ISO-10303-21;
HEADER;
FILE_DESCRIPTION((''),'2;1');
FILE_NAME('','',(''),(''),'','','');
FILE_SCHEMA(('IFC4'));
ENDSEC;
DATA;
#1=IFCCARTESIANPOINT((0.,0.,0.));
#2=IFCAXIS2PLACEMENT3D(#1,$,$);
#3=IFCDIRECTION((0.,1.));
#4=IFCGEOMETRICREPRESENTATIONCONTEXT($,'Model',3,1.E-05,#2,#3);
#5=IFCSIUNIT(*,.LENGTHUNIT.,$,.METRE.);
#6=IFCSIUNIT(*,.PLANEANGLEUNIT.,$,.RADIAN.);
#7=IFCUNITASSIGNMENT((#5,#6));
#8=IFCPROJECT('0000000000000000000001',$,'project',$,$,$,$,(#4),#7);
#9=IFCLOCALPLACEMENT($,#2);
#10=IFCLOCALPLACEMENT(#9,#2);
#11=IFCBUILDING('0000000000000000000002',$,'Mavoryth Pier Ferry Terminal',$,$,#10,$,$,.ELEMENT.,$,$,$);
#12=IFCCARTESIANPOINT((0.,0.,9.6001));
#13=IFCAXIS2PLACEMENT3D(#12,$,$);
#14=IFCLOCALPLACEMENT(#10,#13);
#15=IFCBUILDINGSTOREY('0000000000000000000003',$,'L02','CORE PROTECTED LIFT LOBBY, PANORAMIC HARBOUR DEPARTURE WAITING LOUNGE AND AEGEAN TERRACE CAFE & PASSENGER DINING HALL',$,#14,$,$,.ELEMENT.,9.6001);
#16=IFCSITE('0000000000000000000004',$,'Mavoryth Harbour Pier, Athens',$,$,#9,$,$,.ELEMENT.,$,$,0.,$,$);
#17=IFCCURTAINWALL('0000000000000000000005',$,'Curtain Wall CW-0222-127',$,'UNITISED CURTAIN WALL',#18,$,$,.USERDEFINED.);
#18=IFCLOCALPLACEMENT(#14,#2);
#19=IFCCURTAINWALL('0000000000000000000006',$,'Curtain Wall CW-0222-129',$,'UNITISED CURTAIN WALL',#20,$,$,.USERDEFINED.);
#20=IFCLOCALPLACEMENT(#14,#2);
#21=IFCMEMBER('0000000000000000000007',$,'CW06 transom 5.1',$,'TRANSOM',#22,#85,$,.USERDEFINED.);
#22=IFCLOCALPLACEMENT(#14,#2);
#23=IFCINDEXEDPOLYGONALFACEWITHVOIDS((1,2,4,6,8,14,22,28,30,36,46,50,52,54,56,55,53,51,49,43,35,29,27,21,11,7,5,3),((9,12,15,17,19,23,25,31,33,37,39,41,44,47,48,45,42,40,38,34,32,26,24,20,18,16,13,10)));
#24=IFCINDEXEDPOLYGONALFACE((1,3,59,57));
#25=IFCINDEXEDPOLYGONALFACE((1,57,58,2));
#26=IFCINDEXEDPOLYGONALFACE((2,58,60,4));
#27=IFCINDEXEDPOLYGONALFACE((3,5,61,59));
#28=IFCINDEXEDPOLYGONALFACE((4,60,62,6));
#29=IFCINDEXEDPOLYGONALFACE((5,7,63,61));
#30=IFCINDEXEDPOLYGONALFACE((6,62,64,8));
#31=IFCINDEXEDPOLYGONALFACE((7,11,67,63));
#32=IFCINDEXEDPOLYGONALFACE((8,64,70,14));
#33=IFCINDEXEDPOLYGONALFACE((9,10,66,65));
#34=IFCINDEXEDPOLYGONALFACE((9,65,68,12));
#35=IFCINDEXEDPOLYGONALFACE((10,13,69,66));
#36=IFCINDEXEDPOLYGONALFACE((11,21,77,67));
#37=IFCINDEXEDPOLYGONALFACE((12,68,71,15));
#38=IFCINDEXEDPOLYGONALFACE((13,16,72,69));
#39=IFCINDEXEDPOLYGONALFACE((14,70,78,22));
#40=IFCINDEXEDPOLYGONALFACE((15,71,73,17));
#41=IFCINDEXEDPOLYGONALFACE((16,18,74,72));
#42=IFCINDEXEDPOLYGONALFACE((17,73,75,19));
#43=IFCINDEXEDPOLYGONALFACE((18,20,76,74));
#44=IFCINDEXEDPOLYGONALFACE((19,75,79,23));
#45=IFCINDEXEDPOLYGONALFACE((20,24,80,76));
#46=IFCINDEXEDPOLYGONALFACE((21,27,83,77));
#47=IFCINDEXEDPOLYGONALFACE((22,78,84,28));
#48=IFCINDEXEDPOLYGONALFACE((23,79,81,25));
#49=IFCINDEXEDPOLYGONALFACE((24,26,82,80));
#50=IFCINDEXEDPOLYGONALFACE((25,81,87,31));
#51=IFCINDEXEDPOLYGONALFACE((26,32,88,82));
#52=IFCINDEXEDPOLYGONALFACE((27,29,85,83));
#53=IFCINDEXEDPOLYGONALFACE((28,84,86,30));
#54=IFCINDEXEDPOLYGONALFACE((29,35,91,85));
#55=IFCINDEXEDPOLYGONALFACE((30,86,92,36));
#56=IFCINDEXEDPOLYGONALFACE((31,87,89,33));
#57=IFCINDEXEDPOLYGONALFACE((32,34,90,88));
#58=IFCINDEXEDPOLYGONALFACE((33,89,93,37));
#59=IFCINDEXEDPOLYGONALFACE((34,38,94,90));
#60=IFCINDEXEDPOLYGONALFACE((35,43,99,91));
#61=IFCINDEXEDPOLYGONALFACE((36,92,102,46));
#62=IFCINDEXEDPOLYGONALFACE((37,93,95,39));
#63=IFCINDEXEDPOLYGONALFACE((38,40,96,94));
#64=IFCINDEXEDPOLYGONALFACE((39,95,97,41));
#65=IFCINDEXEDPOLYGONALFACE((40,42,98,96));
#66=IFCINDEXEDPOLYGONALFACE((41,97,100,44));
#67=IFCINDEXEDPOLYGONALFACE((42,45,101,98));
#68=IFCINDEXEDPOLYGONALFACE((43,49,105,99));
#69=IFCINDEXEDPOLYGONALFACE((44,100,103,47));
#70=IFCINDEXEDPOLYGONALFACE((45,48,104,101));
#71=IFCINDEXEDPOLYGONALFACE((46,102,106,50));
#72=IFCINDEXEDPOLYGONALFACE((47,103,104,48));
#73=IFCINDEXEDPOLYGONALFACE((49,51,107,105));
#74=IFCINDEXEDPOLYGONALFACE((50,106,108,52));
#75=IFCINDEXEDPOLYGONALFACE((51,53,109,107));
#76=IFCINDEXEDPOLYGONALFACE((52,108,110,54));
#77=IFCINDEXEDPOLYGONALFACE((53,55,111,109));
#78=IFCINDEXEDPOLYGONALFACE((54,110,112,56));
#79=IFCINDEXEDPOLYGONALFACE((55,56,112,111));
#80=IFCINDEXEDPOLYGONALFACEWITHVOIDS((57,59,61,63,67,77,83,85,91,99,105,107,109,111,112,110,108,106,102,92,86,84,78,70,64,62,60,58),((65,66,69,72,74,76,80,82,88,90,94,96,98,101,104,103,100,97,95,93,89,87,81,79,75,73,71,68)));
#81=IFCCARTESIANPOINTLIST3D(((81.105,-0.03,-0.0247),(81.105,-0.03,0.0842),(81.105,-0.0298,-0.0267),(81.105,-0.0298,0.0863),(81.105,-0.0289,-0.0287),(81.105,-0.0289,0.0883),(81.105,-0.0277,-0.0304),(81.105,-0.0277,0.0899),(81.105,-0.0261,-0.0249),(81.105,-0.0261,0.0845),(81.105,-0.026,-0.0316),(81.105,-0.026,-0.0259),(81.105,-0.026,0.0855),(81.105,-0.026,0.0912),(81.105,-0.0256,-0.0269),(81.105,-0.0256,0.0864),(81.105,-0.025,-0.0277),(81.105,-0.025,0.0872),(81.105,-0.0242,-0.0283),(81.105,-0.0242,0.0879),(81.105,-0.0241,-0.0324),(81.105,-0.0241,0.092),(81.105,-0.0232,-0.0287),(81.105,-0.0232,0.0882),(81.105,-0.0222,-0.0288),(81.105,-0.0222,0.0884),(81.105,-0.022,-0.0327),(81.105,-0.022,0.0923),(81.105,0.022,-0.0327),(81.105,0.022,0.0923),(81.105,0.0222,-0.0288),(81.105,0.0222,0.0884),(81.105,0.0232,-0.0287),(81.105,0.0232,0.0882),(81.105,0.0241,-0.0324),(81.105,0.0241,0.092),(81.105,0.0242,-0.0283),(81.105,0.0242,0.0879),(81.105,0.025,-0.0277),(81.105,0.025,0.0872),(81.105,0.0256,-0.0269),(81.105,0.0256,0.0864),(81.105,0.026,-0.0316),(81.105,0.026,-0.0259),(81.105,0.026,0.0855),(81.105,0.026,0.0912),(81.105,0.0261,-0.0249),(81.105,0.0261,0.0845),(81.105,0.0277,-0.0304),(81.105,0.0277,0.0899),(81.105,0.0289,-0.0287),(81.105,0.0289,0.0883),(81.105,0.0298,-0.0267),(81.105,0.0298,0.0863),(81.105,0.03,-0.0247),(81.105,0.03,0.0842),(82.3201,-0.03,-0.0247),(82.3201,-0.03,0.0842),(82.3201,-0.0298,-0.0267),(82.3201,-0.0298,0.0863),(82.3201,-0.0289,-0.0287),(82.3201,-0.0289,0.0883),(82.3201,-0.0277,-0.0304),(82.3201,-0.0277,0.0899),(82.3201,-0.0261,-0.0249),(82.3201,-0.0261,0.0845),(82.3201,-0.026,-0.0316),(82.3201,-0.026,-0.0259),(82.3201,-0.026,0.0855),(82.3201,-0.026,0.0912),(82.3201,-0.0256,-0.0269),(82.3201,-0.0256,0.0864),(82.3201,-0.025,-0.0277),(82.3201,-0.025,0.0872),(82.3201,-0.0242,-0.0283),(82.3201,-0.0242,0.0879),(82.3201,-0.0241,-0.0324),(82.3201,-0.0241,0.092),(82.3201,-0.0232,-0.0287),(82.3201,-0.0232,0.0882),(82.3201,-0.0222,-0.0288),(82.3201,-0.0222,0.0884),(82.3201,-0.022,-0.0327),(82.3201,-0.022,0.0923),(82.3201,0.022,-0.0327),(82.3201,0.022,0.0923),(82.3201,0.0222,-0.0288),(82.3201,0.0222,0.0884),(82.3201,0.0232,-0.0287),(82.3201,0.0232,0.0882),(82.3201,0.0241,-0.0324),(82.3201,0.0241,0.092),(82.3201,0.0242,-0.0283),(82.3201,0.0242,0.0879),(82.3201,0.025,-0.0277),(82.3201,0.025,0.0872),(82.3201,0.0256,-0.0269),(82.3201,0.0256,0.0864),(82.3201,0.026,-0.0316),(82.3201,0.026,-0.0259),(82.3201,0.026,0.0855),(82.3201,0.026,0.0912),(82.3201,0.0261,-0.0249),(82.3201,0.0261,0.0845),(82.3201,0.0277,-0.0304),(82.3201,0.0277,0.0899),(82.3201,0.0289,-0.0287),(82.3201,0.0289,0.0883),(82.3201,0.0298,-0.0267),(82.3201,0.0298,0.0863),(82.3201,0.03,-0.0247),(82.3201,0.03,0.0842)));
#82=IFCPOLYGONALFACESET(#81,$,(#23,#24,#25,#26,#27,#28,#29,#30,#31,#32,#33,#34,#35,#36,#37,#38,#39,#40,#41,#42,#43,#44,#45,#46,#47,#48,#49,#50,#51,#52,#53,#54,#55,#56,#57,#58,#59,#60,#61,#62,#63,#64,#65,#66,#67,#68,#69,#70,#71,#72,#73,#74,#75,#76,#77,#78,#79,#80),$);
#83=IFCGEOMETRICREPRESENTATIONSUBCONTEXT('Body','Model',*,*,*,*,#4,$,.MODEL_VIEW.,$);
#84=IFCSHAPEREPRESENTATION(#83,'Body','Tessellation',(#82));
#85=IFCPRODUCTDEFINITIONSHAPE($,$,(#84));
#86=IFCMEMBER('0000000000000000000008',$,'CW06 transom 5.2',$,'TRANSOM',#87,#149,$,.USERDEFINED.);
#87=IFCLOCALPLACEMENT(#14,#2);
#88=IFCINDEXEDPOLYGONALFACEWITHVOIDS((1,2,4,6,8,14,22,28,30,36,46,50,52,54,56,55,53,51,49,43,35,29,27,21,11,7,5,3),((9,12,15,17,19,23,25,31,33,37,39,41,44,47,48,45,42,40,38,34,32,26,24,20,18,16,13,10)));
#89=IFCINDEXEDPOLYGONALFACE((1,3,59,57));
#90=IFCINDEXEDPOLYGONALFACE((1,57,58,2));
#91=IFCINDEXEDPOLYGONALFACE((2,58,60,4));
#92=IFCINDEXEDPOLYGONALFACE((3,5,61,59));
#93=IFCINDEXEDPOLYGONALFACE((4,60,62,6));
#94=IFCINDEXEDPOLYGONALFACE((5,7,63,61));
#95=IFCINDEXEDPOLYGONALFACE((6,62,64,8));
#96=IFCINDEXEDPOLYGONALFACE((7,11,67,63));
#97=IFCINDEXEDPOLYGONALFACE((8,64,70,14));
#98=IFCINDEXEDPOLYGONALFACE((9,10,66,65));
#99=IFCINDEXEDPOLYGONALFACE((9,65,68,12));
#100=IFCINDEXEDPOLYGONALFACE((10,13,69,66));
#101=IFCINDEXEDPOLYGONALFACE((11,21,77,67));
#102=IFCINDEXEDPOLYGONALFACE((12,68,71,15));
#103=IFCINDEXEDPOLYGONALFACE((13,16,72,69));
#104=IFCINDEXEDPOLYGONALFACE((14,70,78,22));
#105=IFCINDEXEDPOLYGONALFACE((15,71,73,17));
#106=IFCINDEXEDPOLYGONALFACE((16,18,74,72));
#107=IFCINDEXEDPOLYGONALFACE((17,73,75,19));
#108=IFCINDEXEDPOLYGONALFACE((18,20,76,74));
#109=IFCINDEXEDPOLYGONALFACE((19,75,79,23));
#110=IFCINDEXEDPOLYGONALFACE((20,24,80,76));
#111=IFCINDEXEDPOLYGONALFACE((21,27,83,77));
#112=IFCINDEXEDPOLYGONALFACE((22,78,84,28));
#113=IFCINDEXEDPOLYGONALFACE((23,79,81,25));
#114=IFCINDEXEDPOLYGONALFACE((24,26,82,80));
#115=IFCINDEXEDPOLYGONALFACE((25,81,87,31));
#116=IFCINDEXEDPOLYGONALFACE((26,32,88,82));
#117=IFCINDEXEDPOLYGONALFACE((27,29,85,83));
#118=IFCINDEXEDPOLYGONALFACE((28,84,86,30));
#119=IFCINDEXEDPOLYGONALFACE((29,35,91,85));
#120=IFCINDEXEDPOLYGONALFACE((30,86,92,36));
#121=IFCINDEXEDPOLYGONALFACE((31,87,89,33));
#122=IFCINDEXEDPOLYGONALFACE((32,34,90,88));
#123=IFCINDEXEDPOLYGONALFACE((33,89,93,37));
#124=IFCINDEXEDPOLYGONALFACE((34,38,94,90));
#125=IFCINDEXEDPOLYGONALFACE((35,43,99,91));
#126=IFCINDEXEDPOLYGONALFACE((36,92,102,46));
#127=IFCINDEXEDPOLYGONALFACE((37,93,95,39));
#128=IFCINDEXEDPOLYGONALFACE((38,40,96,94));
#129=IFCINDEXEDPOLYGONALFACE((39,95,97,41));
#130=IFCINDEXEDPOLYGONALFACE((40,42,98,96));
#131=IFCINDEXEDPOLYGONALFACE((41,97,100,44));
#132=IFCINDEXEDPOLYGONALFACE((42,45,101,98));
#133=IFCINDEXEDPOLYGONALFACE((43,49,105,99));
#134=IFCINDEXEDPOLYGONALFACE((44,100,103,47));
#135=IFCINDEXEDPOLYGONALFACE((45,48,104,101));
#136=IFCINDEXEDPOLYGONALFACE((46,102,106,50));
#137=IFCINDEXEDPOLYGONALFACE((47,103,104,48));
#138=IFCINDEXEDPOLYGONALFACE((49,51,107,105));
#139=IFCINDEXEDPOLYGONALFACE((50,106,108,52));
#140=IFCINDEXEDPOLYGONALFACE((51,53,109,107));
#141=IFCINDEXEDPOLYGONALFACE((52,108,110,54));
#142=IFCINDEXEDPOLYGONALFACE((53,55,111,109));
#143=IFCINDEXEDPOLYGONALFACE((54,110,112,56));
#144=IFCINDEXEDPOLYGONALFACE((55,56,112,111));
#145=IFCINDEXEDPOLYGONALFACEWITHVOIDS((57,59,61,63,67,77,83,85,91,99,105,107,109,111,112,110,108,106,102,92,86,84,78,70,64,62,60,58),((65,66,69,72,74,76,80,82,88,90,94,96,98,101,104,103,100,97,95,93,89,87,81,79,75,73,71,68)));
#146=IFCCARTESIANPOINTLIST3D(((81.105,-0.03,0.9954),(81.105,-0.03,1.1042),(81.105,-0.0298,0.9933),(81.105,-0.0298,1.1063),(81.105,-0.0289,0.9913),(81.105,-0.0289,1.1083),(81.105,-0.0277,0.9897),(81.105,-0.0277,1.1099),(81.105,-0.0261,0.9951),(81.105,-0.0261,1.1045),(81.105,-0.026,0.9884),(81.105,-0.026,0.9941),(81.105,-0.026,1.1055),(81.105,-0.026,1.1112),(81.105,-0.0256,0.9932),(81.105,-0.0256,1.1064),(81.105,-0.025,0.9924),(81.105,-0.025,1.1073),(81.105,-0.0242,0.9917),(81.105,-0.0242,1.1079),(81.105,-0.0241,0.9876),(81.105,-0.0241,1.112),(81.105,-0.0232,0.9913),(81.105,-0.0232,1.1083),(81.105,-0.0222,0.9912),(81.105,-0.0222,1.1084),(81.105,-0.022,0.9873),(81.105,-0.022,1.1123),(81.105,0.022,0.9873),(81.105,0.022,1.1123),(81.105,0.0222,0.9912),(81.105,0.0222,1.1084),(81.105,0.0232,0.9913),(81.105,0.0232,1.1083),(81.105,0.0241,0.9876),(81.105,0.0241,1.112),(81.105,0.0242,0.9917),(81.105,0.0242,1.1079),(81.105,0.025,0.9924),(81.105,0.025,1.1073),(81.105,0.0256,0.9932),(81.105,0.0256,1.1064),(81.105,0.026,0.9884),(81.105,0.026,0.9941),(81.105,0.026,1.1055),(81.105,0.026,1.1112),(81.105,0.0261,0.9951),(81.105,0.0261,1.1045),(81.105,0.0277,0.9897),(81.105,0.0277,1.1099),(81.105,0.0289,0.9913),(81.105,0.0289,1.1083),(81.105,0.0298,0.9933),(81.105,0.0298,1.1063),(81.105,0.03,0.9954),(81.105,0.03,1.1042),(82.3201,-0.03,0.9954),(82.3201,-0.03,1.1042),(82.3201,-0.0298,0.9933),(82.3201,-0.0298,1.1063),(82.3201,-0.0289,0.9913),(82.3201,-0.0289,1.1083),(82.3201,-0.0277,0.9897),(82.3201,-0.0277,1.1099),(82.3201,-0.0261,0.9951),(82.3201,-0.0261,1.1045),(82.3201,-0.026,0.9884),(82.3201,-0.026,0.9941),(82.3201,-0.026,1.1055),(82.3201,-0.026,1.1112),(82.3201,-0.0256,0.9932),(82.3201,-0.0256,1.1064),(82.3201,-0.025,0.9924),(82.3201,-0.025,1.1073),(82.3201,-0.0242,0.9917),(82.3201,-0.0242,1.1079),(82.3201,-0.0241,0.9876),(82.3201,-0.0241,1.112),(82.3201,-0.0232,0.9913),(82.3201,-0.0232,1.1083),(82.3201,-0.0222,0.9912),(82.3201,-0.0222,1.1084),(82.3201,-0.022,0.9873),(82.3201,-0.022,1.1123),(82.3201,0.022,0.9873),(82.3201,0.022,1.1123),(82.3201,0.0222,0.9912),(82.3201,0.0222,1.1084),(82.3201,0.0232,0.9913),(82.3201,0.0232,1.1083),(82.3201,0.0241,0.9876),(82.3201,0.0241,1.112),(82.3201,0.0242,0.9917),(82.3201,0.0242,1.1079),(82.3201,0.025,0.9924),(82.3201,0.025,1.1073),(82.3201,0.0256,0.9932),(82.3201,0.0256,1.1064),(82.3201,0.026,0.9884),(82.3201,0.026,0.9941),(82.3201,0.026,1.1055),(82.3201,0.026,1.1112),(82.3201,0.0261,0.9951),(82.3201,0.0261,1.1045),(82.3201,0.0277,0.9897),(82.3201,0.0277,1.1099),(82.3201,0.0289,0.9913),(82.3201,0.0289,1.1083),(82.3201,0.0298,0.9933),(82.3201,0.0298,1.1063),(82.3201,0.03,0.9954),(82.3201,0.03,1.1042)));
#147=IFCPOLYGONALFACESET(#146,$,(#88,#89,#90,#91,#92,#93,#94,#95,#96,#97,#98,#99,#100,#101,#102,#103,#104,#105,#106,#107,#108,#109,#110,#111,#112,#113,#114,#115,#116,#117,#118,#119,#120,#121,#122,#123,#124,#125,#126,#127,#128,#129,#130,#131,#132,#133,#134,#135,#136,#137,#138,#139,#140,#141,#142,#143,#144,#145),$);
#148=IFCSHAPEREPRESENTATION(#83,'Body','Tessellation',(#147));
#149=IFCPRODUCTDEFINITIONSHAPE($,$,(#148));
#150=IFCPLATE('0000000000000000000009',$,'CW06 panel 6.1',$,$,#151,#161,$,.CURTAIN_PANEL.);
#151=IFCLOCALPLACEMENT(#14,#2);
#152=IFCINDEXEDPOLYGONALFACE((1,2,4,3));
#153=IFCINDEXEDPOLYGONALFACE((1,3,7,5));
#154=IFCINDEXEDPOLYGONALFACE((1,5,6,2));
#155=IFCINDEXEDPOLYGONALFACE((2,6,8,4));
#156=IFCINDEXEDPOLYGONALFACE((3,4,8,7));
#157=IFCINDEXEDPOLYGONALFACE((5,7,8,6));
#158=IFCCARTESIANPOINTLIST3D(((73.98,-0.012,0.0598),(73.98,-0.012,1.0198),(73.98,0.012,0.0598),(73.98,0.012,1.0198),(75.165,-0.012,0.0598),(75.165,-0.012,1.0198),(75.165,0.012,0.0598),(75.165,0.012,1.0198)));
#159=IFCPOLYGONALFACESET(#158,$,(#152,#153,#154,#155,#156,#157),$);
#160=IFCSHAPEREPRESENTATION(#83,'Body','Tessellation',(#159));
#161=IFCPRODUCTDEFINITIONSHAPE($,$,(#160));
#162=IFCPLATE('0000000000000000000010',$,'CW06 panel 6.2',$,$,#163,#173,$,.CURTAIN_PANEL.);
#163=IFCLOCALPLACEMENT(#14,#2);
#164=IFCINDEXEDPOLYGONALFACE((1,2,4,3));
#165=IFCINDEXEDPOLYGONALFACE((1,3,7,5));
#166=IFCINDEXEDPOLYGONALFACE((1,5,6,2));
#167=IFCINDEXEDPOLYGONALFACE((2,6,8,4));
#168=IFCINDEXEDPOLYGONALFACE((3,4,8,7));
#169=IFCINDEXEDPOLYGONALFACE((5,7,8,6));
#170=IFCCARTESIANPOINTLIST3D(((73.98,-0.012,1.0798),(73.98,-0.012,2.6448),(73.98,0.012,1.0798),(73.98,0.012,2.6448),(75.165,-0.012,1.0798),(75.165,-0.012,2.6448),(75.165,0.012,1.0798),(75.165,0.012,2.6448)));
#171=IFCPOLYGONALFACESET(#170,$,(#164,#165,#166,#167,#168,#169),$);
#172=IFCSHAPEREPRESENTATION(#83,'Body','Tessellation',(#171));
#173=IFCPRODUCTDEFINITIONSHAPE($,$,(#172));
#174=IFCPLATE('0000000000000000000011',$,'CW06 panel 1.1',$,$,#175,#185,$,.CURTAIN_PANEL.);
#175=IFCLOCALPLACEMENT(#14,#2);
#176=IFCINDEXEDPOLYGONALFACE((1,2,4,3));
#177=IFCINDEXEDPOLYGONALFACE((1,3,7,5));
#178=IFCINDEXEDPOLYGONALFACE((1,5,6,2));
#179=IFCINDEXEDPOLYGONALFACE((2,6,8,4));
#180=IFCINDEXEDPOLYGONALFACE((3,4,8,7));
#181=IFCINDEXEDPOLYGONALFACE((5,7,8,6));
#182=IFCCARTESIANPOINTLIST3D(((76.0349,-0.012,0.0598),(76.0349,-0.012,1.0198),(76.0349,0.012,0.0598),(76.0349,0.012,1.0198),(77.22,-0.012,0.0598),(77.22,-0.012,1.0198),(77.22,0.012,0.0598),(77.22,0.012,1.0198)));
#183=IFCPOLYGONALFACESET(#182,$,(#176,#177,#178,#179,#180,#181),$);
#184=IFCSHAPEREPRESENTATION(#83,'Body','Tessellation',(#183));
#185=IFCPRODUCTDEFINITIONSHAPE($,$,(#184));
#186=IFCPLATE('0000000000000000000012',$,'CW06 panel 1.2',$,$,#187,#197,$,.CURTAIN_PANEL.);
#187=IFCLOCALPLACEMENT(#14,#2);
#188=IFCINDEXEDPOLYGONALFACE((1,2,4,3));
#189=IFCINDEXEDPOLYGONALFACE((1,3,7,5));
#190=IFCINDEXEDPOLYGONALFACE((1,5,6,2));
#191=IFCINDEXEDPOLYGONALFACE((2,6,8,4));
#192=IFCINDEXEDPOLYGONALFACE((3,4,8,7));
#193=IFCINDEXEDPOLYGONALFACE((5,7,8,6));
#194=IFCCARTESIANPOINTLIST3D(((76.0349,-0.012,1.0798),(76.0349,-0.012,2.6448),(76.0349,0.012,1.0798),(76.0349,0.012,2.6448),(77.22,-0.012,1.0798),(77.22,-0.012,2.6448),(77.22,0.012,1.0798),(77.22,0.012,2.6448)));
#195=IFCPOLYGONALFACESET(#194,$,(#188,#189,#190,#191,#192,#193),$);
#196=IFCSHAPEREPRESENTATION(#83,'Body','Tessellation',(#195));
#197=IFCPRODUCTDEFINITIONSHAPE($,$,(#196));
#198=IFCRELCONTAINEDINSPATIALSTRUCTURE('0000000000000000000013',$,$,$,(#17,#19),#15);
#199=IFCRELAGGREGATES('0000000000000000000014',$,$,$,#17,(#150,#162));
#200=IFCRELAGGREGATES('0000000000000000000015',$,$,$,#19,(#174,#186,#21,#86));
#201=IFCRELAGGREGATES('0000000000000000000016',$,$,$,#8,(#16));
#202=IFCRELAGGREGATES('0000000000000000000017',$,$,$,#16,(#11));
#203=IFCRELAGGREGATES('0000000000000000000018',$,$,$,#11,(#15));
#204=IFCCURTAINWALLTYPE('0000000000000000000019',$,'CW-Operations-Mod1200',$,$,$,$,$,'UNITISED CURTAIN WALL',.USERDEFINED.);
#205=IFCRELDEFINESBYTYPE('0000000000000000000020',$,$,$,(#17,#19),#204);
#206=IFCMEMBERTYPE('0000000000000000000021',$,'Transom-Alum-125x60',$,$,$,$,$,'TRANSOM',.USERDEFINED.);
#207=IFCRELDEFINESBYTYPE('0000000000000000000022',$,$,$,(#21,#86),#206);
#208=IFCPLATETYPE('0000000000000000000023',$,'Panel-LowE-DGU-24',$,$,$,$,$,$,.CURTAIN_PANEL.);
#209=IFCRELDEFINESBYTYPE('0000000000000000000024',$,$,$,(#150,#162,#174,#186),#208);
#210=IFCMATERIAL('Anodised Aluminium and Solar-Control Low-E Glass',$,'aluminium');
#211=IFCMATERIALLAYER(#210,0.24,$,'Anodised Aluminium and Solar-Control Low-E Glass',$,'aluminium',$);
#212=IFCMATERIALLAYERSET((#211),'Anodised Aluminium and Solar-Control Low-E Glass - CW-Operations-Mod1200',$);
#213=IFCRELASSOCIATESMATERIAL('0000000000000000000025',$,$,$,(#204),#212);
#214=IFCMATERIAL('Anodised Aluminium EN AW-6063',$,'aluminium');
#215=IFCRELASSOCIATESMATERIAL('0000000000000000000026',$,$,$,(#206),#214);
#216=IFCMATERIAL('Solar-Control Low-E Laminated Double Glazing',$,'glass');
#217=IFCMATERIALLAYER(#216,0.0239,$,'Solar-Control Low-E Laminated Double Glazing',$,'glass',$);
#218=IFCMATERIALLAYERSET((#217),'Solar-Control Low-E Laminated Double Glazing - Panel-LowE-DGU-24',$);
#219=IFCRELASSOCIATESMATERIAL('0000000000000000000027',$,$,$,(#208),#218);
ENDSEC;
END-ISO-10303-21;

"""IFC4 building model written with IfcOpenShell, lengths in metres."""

from ifc_helpers import new_model, si_unit, direction, frame, origin, origin_2d, place, context, subcontext, project, spatial, rectangle, hollow_rectangle, extrude, material, layer, layer_set, material_profile, profile_set, type_object, element, aggregate, save


model = new_model("IFC4")

# Units and contexts
model_context = context("Model", 3, precision=1e-05, world=origin(), true_north=direction((0.0, 1.0)))
body_context = subcontext(model_context, "Body", "Model", "MODEL_VIEW")
ifc_project = project(units=[si_unit("LENGTHUNIT", "METRE"), si_unit("PLANEANGLEUNIT", "RADIAN")], contexts=[model_context])

# Site, building, storey
site_placement = place(None, origin())
site = spatial("IfcSite", under=ifc_project, at=site_placement, Name="Mavoryth Harbour Pier, Athens", CompositionType="ELEMENT", RefElevation=0.0)
building_placement = place(site_placement, origin())
building = spatial("IfcBuilding", under=site, at=building_placement, Name="Mavoryth Pier Ferry Terminal", CompositionType="ELEMENT")
storey_placement = place(building_placement, frame((0.0, 0.0, 9.6001)))
storey = spatial("IfcBuildingStorey", under=building, at=storey_placement, Name="L02", Description="CORE PROTECTED LIFT LOBBY, PANORAMIC HARBOUR DEPARTURE WAITING LOUNGE AND AEGEAN TERRACE CAFE & PASSENGER DINING HALL", CompositionType="ELEMENT", Elevation=9.6001)

# Curtain walls
ifc_material_1 = material(Name="Anodised Aluminium and Solar-Control Low-E Glass", Category="aluminium")
ifc_layer_1 = layer(ifc_material_1, 0.24, Name="Anodised Aluminium and Solar-Control Low-E Glass", Category="aluminium")
ifc_layer_set_1 = layer_set([ifc_layer_1], Name="Anodised Aluminium and Solar-Control Low-E Glass - CW-Operations-Mod1200")
curtain_wall_type = type_object("IfcCurtainWallType", Name="CW-Operations-Mod1200", ElementType="UNITISED CURTAIN WALL", PredefinedType="USERDEFINED", material=ifc_layer_set_1)
curtain_wall_1_placement = place(storey_placement, origin())
curtain_wall_1 = element("IfcCurtainWall", 1, at=curtain_wall_1_placement, inside=storey, type_object=curtain_wall_type, Name="Curtain Wall CW-0222-127", ObjectType="UNITISED CURTAIN WALL", PredefinedType="USERDEFINED")
ifc_material_2 = material(Name="Anodised Aluminium EN AW-6063", Category="aluminium")
curtain_wall_2_placement = place(storey_placement, origin())
curtain_wall_2 = element("IfcCurtainWall", 2, at=curtain_wall_2_placement, inside=storey, type_object=curtain_wall_type, Name="Curtain Wall CW-0222-129", ObjectType="UNITISED CURTAIN WALL", PredefinedType="USERDEFINED")

# Members
ifc_material_profile_1 = material_profile(ifc_material_2, hollow_rectangle(XDim=0.0601, YDim=0.125, WallThickness=0.0039, InnerFilletRadius=0.0039, OuterFilletRadius=0.0081, at=origin_2d()), Name="AL-TRAN 125x60x4", Category="aluminium")
ifc_profile_set_1 = profile_set([ifc_material_profile_1], Name="Anodised Aluminium EN AW-6063 - AL-TRAN 125x60x4")
member_type_1 = type_object("IfcMemberType", Name="Transom-Alum-125x60", ElementType="TRANSOM", PredefinedType="USERDEFINED", material=ifc_profile_set_1)
member_1_placement = place(storey_placement, frame((81.105, 0.0, 0.0298), z_axis=(1.0, 0.0, 0.0), x_axis=(0.0, 1.0, 0.0)))
member_1 = element("IfcMember", 3, at=member_1_placement, type_object=member_type_1, Name="CW06 transom 5.1", ObjectType="TRANSOM", PredefinedType="USERDEFINED", context=body_context, shape_type="SweptSolid", body=[
    extrude(hollow_rectangle(XDim=0.0601, YDim=0.125, WallThickness=0.0039, InnerFilletRadius=0.0039, OuterFilletRadius=0.0081, at=origin_2d()), origin(), (0.0, 0.0, 1.0), 1.2151),
])
member_2_placement = place(storey_placement, frame((81.105, 0.0, 1.0498), z_axis=(1.0, 0.0, 0.0), x_axis=(0.0, 1.0, 0.0)))
member_2 = element("IfcMember", 4, at=member_2_placement, type_object=member_type_1, Name="CW06 transom 5.2", ObjectType="TRANSOM", PredefinedType="USERDEFINED", context=body_context, shape_type="SweptSolid", body=[
    extrude(hollow_rectangle(XDim=0.0601, YDim=0.125, WallThickness=0.0039, InnerFilletRadius=0.0039, OuterFilletRadius=0.0081, at=origin_2d()), origin(), (0.0, 0.0, 1.0), 1.2151),
])

# Plates
ifc_material_3 = material(Name="Solar-Control Low-E Laminated Double Glazing", Category="glass")
ifc_layer_2 = layer(ifc_material_3, 0.0239, Name="Solar-Control Low-E Laminated Double Glazing", Category="glass")
ifc_layer_set_2 = layer_set([ifc_layer_2], Name="Solar-Control Low-E Laminated Double Glazing - Panel-LowE-DGU-24")
plate_type = type_object("IfcPlateType", Name="Panel-LowE-DGU-24", PredefinedType="CURTAIN_PANEL", material=ifc_layer_set_2)
plate_1_placement = place(storey_placement, frame((74.5725, 0.0, 0.0598), z_axis=(0.0, 0.0, 1.0), x_axis=(1.0, 0.0, 0.0)))
plate_1 = element("IfcPlate", 5, at=plate_1_placement, type_object=plate_type, Name="CW06 panel 6.1", PredefinedType="CURTAIN_PANEL", context=body_context, shape_type="SweptSolid", body=[
    extrude(rectangle(XDim=1.1851, YDim=0.0239, at=origin_2d()), origin(), (0.0, 0.0, 1.0), 0.96),
])
plate_2_placement = place(storey_placement, frame((74.5725, 0.0, 1.0798), z_axis=(0.0, 0.0, 1.0), x_axis=(1.0, 0.0, 0.0)))
plate_2 = element("IfcPlate", 6, at=plate_2_placement, type_object=plate_type, Name="CW06 panel 6.2", PredefinedType="CURTAIN_PANEL", context=body_context, shape_type="SweptSolid", body=[
    extrude(rectangle(XDim=1.1851, YDim=0.0239, at=origin_2d()), origin(), (0.0, 0.0, 1.0), 1.5649),
])
aggregate(curtain_wall_1, [plate_1, plate_2])
plate_3_placement = place(storey_placement, frame((76.6274, 0.0, 0.0598), z_axis=(0.0, 0.0, 1.0), x_axis=(1.0, 0.0, 0.0)))
plate_3 = element("IfcPlate", 7, at=plate_3_placement, type_object=plate_type, Name="CW06 panel 1.1", PredefinedType="CURTAIN_PANEL", context=body_context, shape_type="SweptSolid", body=[
    extrude(rectangle(XDim=1.1851, YDim=0.0239, at=origin_2d()), origin(), (0.0, 0.0, 1.0), 0.96),
])
plate_4_placement = place(storey_placement, frame((76.6274, 0.0, 1.0798), z_axis=(0.0, 0.0, 1.0), x_axis=(1.0, 0.0, 0.0)))
plate_4 = element("IfcPlate", 8, at=plate_4_placement, type_object=plate_type, Name="CW06 panel 1.2", PredefinedType="CURTAIN_PANEL", context=body_context, shape_type="SweptSolid", body=[
    extrude(rectangle(XDim=1.1851, YDim=0.0239, at=origin_2d()), origin(), (0.0, 0.0, 1.0), 1.5649),
])
aggregate(curtain_wall_2, [plate_3, plate_4, member_1, member_2])

save(model, "model.ifc")
